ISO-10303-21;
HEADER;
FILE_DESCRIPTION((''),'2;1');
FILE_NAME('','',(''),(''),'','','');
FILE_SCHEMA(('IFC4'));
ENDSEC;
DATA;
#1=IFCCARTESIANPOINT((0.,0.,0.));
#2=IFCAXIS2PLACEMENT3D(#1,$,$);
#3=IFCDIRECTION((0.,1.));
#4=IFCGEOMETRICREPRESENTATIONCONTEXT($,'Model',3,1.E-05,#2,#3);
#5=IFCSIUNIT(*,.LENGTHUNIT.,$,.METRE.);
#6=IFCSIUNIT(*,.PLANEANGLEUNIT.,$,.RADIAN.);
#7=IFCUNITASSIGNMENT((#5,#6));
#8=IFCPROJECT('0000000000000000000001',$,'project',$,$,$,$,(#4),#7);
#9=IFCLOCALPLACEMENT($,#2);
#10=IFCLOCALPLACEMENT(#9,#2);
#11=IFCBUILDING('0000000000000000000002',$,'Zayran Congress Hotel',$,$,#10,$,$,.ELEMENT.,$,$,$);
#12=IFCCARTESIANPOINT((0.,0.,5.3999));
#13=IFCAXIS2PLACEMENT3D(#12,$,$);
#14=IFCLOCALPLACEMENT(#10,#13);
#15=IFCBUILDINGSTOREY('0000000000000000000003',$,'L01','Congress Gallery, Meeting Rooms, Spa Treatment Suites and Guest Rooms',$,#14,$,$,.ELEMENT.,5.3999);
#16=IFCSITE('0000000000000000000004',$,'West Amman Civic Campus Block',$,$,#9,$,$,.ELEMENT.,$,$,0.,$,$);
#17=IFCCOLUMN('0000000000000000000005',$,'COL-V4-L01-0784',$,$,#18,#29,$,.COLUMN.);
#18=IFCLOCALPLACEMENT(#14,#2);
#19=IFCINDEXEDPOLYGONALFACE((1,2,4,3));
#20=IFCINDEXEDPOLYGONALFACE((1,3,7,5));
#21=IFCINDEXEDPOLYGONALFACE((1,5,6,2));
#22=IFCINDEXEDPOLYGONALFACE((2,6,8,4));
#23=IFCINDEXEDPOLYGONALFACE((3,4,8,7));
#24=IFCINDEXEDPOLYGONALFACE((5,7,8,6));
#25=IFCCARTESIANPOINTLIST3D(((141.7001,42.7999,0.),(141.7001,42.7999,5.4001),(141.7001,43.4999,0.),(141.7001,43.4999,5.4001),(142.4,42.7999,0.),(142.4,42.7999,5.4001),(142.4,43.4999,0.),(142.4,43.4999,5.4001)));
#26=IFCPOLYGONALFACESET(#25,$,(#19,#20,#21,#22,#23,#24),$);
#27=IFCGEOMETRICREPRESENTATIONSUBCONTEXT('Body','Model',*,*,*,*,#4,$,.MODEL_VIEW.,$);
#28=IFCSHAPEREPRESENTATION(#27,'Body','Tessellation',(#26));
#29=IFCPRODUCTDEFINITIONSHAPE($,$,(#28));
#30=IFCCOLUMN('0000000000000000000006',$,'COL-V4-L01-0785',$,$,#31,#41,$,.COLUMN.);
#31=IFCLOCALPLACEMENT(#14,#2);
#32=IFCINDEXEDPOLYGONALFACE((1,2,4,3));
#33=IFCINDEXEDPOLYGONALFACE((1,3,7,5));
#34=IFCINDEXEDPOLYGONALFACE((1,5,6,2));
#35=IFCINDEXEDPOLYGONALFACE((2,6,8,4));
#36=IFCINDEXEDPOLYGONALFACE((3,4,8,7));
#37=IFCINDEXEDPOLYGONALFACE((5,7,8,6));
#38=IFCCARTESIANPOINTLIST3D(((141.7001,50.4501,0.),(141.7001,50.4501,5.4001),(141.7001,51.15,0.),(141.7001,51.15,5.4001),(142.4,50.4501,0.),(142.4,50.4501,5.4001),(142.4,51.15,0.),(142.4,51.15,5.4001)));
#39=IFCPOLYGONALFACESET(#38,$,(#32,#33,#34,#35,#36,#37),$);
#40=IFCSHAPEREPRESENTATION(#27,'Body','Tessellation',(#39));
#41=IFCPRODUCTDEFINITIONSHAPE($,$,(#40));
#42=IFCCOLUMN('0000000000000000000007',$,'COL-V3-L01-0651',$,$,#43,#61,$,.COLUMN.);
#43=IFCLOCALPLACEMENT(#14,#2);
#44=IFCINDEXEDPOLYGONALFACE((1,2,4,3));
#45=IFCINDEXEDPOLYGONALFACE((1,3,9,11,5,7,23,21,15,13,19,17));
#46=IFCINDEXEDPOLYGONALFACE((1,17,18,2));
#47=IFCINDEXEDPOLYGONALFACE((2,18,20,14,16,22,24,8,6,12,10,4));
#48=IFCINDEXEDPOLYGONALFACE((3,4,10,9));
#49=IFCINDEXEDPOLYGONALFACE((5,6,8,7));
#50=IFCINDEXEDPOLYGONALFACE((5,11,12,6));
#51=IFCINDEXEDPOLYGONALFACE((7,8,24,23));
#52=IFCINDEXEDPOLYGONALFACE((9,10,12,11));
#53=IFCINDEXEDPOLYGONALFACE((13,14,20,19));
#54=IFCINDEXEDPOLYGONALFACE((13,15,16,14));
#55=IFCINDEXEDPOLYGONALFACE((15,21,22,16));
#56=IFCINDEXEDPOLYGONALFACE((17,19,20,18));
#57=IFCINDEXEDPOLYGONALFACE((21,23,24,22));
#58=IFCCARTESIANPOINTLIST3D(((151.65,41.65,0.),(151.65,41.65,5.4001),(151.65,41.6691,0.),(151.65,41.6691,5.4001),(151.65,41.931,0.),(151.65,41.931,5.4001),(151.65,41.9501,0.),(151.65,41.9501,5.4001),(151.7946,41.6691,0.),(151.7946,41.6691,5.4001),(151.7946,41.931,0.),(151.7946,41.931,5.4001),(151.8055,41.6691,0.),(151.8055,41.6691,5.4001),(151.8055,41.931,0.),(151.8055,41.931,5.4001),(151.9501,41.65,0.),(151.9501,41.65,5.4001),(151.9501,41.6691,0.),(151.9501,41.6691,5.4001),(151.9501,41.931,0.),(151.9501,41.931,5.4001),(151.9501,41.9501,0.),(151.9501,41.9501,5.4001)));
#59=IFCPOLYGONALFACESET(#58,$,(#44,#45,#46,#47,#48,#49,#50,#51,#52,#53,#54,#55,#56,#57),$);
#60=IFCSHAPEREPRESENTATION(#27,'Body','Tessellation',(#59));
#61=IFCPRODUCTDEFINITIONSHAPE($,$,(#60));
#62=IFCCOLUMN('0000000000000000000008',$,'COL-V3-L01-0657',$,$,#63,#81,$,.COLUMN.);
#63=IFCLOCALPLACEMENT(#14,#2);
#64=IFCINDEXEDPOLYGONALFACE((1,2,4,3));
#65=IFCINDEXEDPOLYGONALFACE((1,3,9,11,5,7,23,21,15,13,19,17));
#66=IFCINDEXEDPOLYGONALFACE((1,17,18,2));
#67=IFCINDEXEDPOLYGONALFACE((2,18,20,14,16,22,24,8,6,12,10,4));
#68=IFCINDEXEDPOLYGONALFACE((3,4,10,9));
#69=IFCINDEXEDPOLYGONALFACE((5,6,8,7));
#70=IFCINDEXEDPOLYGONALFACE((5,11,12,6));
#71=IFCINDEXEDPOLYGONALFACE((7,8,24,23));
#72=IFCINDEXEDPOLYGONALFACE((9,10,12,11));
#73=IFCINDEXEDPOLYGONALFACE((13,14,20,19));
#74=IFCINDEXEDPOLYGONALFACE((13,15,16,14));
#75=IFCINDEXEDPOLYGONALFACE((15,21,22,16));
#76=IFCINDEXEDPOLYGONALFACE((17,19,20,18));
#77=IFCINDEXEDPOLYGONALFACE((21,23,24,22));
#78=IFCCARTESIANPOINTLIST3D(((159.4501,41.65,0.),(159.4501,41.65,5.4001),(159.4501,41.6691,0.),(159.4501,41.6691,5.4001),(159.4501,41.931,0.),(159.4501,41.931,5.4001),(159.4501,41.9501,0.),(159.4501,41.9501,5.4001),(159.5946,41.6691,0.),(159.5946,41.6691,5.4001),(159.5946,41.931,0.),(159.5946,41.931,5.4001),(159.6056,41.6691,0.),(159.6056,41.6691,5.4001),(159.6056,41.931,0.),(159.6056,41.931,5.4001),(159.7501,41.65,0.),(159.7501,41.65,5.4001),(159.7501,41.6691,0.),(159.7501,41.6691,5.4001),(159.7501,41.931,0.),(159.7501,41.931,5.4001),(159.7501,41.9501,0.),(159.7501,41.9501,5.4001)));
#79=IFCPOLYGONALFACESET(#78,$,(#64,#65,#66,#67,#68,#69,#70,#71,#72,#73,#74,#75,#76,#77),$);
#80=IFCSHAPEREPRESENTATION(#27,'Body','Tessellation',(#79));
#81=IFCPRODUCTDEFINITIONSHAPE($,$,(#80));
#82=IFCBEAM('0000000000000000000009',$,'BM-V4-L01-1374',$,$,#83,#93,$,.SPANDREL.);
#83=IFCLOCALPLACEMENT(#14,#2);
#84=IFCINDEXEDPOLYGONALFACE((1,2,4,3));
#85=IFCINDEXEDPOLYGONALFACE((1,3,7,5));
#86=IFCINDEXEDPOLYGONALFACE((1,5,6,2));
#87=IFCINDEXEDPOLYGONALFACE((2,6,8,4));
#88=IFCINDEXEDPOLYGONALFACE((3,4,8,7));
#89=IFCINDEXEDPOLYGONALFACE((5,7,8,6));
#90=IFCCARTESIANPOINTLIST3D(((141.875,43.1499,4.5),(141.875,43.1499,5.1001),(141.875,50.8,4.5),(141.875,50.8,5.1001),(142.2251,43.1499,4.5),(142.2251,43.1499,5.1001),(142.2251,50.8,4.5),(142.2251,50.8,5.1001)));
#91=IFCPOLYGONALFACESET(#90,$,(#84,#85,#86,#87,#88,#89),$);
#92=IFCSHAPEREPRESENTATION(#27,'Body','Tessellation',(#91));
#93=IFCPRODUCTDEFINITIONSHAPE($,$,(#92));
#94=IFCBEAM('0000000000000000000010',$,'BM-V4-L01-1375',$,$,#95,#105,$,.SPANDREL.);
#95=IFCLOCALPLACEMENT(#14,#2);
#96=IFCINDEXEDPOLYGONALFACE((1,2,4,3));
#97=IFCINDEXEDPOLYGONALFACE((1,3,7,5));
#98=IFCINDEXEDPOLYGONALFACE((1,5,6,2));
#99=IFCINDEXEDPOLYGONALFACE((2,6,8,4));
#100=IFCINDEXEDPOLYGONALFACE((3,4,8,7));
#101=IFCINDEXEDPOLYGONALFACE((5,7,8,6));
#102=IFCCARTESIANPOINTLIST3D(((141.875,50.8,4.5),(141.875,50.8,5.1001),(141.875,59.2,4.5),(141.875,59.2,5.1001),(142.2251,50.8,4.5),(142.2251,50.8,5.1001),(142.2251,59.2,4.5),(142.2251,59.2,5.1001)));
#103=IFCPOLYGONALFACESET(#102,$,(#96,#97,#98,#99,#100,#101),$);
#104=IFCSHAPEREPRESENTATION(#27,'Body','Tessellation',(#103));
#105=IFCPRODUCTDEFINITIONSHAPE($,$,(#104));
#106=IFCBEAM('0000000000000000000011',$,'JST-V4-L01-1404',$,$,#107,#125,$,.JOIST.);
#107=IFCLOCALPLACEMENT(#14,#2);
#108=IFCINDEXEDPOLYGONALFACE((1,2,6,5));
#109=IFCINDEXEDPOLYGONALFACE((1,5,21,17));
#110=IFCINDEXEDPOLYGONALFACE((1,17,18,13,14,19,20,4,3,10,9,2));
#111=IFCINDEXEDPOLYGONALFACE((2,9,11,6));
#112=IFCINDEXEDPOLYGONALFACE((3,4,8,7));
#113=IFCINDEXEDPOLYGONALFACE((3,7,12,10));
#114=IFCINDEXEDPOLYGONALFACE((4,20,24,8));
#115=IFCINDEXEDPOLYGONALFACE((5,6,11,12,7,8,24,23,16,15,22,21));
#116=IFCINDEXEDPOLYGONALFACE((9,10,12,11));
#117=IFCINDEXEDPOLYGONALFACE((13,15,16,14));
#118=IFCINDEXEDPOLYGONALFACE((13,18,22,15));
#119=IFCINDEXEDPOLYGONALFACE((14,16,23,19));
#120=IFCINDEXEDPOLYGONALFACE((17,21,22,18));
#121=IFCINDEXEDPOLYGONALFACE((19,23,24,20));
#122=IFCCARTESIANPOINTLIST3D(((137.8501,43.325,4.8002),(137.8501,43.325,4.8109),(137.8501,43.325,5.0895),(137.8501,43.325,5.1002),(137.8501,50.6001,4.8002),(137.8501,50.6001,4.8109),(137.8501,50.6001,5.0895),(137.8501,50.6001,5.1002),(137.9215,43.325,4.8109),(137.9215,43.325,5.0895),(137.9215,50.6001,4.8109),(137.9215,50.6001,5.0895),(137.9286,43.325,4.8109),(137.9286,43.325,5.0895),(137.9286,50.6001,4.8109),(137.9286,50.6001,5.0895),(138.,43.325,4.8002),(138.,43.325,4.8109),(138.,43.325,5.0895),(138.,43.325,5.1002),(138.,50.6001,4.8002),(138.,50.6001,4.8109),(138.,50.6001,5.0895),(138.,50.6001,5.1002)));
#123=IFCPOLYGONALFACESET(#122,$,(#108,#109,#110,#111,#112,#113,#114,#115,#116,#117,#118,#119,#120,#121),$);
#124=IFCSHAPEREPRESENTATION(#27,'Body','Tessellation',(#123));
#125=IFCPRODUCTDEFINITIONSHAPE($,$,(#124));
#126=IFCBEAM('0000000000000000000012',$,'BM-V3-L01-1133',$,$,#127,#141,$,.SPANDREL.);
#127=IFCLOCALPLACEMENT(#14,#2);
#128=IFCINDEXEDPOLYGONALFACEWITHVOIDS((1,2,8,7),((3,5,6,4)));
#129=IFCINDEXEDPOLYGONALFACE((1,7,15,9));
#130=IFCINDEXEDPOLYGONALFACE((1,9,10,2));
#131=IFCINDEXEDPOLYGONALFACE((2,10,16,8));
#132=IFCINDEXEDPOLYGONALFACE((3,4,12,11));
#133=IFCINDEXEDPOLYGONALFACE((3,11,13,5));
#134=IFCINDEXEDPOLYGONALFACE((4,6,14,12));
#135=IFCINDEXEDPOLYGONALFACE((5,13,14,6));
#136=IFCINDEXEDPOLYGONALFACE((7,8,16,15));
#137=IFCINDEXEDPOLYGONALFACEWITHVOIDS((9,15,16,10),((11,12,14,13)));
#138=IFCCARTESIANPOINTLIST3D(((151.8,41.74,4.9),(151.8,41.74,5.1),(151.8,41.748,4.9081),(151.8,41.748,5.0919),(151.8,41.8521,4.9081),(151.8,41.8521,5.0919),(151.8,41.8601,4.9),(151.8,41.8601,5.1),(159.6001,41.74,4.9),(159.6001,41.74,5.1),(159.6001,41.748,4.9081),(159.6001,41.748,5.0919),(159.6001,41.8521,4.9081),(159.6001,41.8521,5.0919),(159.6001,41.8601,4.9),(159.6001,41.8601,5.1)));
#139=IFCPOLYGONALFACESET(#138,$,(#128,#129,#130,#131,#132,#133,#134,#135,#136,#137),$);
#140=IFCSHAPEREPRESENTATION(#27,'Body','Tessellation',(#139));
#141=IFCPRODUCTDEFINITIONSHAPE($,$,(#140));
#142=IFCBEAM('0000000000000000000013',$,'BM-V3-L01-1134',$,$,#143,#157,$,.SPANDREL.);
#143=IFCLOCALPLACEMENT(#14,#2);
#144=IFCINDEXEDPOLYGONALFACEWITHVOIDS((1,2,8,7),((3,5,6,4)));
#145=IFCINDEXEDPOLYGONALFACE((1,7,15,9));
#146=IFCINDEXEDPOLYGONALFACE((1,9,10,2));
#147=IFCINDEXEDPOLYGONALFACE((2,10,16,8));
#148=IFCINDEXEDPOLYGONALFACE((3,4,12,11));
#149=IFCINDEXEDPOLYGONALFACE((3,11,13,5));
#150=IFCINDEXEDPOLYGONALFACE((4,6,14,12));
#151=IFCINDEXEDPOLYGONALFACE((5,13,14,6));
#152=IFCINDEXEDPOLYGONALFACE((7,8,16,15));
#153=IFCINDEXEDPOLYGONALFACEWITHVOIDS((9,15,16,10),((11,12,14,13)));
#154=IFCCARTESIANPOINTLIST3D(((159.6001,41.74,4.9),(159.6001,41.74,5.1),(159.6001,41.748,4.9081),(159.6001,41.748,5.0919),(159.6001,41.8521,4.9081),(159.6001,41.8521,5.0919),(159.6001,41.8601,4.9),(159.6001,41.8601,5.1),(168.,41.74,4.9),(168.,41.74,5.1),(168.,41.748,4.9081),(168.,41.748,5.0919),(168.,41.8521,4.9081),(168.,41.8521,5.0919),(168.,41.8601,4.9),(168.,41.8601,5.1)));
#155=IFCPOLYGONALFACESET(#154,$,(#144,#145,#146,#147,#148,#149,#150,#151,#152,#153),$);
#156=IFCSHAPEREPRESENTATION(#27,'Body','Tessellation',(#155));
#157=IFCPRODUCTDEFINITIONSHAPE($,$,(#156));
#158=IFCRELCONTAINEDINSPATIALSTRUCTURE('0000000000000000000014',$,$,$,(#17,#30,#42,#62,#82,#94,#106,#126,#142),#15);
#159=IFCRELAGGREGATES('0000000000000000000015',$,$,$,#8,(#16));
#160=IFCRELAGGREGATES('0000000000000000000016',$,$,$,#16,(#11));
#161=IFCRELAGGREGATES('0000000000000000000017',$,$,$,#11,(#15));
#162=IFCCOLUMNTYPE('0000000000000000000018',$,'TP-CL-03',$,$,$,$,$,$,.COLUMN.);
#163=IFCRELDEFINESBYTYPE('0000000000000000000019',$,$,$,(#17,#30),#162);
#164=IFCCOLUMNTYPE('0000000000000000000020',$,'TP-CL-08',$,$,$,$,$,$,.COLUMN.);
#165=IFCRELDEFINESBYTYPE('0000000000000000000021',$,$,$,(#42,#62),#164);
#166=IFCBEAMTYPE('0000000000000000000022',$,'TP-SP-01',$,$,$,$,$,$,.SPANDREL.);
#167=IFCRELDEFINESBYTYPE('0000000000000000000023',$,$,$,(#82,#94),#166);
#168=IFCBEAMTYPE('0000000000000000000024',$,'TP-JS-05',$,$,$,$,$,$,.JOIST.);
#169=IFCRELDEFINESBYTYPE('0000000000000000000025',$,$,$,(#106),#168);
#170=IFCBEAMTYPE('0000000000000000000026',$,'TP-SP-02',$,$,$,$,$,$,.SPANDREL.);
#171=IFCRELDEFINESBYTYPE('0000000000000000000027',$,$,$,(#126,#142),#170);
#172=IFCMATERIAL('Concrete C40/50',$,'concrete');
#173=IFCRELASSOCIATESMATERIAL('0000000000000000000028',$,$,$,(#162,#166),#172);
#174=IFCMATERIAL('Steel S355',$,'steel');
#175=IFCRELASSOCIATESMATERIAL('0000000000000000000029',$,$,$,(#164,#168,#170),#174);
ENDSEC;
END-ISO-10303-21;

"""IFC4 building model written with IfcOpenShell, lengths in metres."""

from ifc_helpers import new_model, si_unit, direction, frame, origin, origin_2d, place, context, subcontext, project, spatial, rectangle, hollow_rectangle, i_section, extrude, material, material_profile, profile_set, type_object, element, save


model = new_model("IFC4")

# Units and contexts
model_context = context("Model", 3, precision=1e-05, world=origin(), true_north=direction((0.0, 1.0)))
body_context = subcontext(model_context, "Body", "Model", "MODEL_VIEW")
ifc_project = project(units=[si_unit("LENGTHUNIT", "METRE"), si_unit("PLANEANGLEUNIT", "RADIAN")], contexts=[model_context])

# Site, building, storey
site_placement = place(None, origin())
site = spatial("IfcSite", under=ifc_project, at=site_placement, Name="West Amman Civic Campus Block", CompositionType="ELEMENT", RefElevation=0.0)
building_placement = place(site_placement, origin())
building = spatial("IfcBuilding", under=site, at=building_placement, Name="Zayran Congress Hotel", CompositionType="ELEMENT")
storey_placement = place(building_placement, frame((0.0, 0.0, 5.3999)))
storey = spatial("IfcBuildingStorey", under=building, at=storey_placement, Name="L01", Description="Congress Gallery, Meeting Rooms, Spa Treatment Suites and Guest Rooms", CompositionType="ELEMENT", Elevation=5.3999)

# Columns
ifc_material_1 = material(Name="Concrete C40/50", Category="concrete")
ifc_material_profile_1 = material_profile(ifc_material_1, rectangle(XDim=0.7, YDim=0.7, at=origin_2d()), Name="RC 700x700")
ifc_profile_set_1 = profile_set([ifc_material_profile_1], Name="Concrete C40/50")
column_type_1 = type_object("IfcColumnType", Name="TP-CL-03", PredefinedType="COLUMN", material=ifc_profile_set_1)
for number, where, z_axis, x_axis, name in (
    (1, (142.05, 43.1499, 0.0), (0.0, 0.0, 1.0), (1.0, 0.0, 0.0), "COL-V4-L01-0784"),
    (2, (142.05, 50.8, 0.0), (0.0, 0.0, 1.0), (1.0, 0.0, 0.0), "COL-V4-L01-0785"),
):
    element("IfcColumn", number, at=place(storey_placement, frame(where, z_axis=z_axis, x_axis=x_axis)), inside=storey, type_object=column_type_1, Name=name, PredefinedType="COLUMN", context=body_context, shape_type="SweptSolid", body=[
        extrude(rectangle(XDim=0.7, YDim=0.7, at=origin_2d()), origin(), (0.0, 0.0, 1.0), 5.4001),
    ])
ifc_material_2 = material(Name="Steel S355", Category="steel")
ifc_material_profile_2 = material_profile(ifc_material_2, i_section(OverallWidth=0.3, OverallDepth=0.3, WebThickness=0.011, FlangeThickness=0.019, at=origin_2d()), Name="HEB 300")
ifc_profile_set_2 = profile_set([ifc_material_profile_2], Name="Steel S355")
column_type_2 = type_object("IfcColumnType", Name="TP-CL-08", PredefinedType="COLUMN", material=ifc_profile_set_2)
for number, where, z_axis, x_axis, name in (
    (3, (151.8, 41.8, 0.0), (0.0, 0.0, 1.0), (1.0, 0.0, 0.0), "COL-V3-L01-0651"),
    (4, (159.6001, 41.8, 0.0), (0.0, 0.0, 1.0), (1.0, 0.0, 0.0), "COL-V3-L01-0657"),
):
    element("IfcColumn", number, at=place(storey_placement, frame(where, z_axis=z_axis, x_axis=x_axis)), inside=storey, type_object=column_type_2, Name=name, PredefinedType="COLUMN", context=body_context, shape_type="SweptSolid", body=[
        extrude(i_section(OverallWidth=0.3, OverallDepth=0.3, WebThickness=0.011, FlangeThickness=0.019, at=origin_2d()), origin(), (0.0, 0.0, 1.0), 5.4001),
    ])

# Beams
ifc_material_profile_3 = material_profile(ifc_material_1, rectangle(XDim=0.3501, YDim=0.6001, at=origin_2d()), Name="RC 350x600")
ifc_profile_set_3 = profile_set([ifc_material_profile_3], Name="Concrete C40/50")
beam_type_1 = type_object("IfcBeamType", Name="TP-SP-01", PredefinedType="SPANDREL", material=ifc_profile_set_3)
beam_1_placement = place(storey_placement, frame((142.05, 43.1499, 4.8), z_axis=(0.0, 1.0, 0.0), x_axis=(-1.0, 0.0, 0.0)))
element("IfcBeam", 5, at=beam_1_placement, inside=storey, type_object=beam_type_1, Name="BM-V4-L01-1374", PredefinedType="SPANDREL", context=body_context, shape_type="SweptSolid", body=[
    extrude(rectangle(XDim=0.3501, YDim=0.6001, at=origin_2d()), origin(), (0.0, 0.0, 1.0), 7.6501),
])
beam_2_placement = place(storey_placement, frame((142.05, 50.8, 4.8), z_axis=(0.0, 1.0, 0.0), x_axis=(-1.0, 0.0, 0.0)))
element("IfcBeam", 6, at=beam_2_placement, inside=storey, type_object=beam_type_1, Name="BM-V4-L01-1375", PredefinedType="SPANDREL", context=body_context, shape_type="SweptSolid", body=[
    extrude(rectangle(XDim=0.3501, YDim=0.6001, at=origin_2d()), origin(), (0.0, 0.0, 1.0), 8.3999),
])
ifc_material_profile_4 = material_profile(ifc_material_2, i_section(OverallWidth=0.1499, OverallDepth=0.3, WebThickness=0.0071, FlangeThickness=0.0107, at=origin_2d()), Name="IPE 300")
ifc_profile_set_4 = profile_set([ifc_material_profile_4], Name="Steel S355")
beam_type_2 = type_object("IfcBeamType", Name="TP-JS-05", PredefinedType="JOIST", material=ifc_profile_set_4)
beam_3_placement = place(storey_placement, frame((137.925, 43.325, 4.9502), z_axis=(0.0, 1.0, 0.0), x_axis=(-1.0, 0.0, 0.0)))
element("IfcBeam", 7, at=beam_3_placement, inside=storey, type_object=beam_type_2, Name="JST-V4-L01-1404", PredefinedType="JOIST", context=body_context, shape_type="SweptSolid", body=[
    extrude(i_section(OverallWidth=0.1499, OverallDepth=0.3, WebThickness=0.0071, FlangeThickness=0.0107, at=origin_2d()), origin(), (0.0, 0.0, 1.0), 7.2751),
])
ifc_material_profile_5 = material_profile(ifc_material_2, hollow_rectangle(XDim=0.1201, YDim=0.2, WallThickness=0.0081, at=origin_2d()), Name="RHS 200x120x8")
ifc_profile_set_5 = profile_set([ifc_material_profile_5], Name="Steel S355")
beam_type_3 = type_object("IfcBeamType", Name="TP-SP-02", PredefinedType="SPANDREL", material=ifc_profile_set_5)
beam_4_placement = place(storey_placement, frame((151.8, 41.8, 5.0), z_axis=(1.0, 0.0, 0.0), x_axis=(0.0, 1.0, 0.0)))
element("IfcBeam", 8, at=beam_4_placement, inside=storey, type_object=beam_type_3, Name="BM-V3-L01-1133", PredefinedType="SPANDREL", context=body_context, shape_type="SweptSolid", body=[
    extrude(hollow_rectangle(XDim=0.1201, YDim=0.2, WallThickness=0.0081, at=origin_2d()), origin(), (0.0, 0.0, 1.0), 7.8),
])
beam_5_placement = place(storey_placement, frame((159.6001, 41.8, 5.0), z_axis=(1.0, 0.0, 0.0), x_axis=(0.0, 1.0, 0.0)))
element("IfcBeam", 9, at=beam_5_placement, inside=storey, type_object=beam_type_3, Name="BM-V3-L01-1134", PredefinedType="SPANDREL", context=body_context, shape_type="SweptSolid", body=[
    extrude(hollow_rectangle(XDim=0.1201, YDim=0.2, WallThickness=0.0081, at=origin_2d()), origin(), (0.0, 0.0, 1.0), 8.3999),
])

save(model, "model.ifc")
